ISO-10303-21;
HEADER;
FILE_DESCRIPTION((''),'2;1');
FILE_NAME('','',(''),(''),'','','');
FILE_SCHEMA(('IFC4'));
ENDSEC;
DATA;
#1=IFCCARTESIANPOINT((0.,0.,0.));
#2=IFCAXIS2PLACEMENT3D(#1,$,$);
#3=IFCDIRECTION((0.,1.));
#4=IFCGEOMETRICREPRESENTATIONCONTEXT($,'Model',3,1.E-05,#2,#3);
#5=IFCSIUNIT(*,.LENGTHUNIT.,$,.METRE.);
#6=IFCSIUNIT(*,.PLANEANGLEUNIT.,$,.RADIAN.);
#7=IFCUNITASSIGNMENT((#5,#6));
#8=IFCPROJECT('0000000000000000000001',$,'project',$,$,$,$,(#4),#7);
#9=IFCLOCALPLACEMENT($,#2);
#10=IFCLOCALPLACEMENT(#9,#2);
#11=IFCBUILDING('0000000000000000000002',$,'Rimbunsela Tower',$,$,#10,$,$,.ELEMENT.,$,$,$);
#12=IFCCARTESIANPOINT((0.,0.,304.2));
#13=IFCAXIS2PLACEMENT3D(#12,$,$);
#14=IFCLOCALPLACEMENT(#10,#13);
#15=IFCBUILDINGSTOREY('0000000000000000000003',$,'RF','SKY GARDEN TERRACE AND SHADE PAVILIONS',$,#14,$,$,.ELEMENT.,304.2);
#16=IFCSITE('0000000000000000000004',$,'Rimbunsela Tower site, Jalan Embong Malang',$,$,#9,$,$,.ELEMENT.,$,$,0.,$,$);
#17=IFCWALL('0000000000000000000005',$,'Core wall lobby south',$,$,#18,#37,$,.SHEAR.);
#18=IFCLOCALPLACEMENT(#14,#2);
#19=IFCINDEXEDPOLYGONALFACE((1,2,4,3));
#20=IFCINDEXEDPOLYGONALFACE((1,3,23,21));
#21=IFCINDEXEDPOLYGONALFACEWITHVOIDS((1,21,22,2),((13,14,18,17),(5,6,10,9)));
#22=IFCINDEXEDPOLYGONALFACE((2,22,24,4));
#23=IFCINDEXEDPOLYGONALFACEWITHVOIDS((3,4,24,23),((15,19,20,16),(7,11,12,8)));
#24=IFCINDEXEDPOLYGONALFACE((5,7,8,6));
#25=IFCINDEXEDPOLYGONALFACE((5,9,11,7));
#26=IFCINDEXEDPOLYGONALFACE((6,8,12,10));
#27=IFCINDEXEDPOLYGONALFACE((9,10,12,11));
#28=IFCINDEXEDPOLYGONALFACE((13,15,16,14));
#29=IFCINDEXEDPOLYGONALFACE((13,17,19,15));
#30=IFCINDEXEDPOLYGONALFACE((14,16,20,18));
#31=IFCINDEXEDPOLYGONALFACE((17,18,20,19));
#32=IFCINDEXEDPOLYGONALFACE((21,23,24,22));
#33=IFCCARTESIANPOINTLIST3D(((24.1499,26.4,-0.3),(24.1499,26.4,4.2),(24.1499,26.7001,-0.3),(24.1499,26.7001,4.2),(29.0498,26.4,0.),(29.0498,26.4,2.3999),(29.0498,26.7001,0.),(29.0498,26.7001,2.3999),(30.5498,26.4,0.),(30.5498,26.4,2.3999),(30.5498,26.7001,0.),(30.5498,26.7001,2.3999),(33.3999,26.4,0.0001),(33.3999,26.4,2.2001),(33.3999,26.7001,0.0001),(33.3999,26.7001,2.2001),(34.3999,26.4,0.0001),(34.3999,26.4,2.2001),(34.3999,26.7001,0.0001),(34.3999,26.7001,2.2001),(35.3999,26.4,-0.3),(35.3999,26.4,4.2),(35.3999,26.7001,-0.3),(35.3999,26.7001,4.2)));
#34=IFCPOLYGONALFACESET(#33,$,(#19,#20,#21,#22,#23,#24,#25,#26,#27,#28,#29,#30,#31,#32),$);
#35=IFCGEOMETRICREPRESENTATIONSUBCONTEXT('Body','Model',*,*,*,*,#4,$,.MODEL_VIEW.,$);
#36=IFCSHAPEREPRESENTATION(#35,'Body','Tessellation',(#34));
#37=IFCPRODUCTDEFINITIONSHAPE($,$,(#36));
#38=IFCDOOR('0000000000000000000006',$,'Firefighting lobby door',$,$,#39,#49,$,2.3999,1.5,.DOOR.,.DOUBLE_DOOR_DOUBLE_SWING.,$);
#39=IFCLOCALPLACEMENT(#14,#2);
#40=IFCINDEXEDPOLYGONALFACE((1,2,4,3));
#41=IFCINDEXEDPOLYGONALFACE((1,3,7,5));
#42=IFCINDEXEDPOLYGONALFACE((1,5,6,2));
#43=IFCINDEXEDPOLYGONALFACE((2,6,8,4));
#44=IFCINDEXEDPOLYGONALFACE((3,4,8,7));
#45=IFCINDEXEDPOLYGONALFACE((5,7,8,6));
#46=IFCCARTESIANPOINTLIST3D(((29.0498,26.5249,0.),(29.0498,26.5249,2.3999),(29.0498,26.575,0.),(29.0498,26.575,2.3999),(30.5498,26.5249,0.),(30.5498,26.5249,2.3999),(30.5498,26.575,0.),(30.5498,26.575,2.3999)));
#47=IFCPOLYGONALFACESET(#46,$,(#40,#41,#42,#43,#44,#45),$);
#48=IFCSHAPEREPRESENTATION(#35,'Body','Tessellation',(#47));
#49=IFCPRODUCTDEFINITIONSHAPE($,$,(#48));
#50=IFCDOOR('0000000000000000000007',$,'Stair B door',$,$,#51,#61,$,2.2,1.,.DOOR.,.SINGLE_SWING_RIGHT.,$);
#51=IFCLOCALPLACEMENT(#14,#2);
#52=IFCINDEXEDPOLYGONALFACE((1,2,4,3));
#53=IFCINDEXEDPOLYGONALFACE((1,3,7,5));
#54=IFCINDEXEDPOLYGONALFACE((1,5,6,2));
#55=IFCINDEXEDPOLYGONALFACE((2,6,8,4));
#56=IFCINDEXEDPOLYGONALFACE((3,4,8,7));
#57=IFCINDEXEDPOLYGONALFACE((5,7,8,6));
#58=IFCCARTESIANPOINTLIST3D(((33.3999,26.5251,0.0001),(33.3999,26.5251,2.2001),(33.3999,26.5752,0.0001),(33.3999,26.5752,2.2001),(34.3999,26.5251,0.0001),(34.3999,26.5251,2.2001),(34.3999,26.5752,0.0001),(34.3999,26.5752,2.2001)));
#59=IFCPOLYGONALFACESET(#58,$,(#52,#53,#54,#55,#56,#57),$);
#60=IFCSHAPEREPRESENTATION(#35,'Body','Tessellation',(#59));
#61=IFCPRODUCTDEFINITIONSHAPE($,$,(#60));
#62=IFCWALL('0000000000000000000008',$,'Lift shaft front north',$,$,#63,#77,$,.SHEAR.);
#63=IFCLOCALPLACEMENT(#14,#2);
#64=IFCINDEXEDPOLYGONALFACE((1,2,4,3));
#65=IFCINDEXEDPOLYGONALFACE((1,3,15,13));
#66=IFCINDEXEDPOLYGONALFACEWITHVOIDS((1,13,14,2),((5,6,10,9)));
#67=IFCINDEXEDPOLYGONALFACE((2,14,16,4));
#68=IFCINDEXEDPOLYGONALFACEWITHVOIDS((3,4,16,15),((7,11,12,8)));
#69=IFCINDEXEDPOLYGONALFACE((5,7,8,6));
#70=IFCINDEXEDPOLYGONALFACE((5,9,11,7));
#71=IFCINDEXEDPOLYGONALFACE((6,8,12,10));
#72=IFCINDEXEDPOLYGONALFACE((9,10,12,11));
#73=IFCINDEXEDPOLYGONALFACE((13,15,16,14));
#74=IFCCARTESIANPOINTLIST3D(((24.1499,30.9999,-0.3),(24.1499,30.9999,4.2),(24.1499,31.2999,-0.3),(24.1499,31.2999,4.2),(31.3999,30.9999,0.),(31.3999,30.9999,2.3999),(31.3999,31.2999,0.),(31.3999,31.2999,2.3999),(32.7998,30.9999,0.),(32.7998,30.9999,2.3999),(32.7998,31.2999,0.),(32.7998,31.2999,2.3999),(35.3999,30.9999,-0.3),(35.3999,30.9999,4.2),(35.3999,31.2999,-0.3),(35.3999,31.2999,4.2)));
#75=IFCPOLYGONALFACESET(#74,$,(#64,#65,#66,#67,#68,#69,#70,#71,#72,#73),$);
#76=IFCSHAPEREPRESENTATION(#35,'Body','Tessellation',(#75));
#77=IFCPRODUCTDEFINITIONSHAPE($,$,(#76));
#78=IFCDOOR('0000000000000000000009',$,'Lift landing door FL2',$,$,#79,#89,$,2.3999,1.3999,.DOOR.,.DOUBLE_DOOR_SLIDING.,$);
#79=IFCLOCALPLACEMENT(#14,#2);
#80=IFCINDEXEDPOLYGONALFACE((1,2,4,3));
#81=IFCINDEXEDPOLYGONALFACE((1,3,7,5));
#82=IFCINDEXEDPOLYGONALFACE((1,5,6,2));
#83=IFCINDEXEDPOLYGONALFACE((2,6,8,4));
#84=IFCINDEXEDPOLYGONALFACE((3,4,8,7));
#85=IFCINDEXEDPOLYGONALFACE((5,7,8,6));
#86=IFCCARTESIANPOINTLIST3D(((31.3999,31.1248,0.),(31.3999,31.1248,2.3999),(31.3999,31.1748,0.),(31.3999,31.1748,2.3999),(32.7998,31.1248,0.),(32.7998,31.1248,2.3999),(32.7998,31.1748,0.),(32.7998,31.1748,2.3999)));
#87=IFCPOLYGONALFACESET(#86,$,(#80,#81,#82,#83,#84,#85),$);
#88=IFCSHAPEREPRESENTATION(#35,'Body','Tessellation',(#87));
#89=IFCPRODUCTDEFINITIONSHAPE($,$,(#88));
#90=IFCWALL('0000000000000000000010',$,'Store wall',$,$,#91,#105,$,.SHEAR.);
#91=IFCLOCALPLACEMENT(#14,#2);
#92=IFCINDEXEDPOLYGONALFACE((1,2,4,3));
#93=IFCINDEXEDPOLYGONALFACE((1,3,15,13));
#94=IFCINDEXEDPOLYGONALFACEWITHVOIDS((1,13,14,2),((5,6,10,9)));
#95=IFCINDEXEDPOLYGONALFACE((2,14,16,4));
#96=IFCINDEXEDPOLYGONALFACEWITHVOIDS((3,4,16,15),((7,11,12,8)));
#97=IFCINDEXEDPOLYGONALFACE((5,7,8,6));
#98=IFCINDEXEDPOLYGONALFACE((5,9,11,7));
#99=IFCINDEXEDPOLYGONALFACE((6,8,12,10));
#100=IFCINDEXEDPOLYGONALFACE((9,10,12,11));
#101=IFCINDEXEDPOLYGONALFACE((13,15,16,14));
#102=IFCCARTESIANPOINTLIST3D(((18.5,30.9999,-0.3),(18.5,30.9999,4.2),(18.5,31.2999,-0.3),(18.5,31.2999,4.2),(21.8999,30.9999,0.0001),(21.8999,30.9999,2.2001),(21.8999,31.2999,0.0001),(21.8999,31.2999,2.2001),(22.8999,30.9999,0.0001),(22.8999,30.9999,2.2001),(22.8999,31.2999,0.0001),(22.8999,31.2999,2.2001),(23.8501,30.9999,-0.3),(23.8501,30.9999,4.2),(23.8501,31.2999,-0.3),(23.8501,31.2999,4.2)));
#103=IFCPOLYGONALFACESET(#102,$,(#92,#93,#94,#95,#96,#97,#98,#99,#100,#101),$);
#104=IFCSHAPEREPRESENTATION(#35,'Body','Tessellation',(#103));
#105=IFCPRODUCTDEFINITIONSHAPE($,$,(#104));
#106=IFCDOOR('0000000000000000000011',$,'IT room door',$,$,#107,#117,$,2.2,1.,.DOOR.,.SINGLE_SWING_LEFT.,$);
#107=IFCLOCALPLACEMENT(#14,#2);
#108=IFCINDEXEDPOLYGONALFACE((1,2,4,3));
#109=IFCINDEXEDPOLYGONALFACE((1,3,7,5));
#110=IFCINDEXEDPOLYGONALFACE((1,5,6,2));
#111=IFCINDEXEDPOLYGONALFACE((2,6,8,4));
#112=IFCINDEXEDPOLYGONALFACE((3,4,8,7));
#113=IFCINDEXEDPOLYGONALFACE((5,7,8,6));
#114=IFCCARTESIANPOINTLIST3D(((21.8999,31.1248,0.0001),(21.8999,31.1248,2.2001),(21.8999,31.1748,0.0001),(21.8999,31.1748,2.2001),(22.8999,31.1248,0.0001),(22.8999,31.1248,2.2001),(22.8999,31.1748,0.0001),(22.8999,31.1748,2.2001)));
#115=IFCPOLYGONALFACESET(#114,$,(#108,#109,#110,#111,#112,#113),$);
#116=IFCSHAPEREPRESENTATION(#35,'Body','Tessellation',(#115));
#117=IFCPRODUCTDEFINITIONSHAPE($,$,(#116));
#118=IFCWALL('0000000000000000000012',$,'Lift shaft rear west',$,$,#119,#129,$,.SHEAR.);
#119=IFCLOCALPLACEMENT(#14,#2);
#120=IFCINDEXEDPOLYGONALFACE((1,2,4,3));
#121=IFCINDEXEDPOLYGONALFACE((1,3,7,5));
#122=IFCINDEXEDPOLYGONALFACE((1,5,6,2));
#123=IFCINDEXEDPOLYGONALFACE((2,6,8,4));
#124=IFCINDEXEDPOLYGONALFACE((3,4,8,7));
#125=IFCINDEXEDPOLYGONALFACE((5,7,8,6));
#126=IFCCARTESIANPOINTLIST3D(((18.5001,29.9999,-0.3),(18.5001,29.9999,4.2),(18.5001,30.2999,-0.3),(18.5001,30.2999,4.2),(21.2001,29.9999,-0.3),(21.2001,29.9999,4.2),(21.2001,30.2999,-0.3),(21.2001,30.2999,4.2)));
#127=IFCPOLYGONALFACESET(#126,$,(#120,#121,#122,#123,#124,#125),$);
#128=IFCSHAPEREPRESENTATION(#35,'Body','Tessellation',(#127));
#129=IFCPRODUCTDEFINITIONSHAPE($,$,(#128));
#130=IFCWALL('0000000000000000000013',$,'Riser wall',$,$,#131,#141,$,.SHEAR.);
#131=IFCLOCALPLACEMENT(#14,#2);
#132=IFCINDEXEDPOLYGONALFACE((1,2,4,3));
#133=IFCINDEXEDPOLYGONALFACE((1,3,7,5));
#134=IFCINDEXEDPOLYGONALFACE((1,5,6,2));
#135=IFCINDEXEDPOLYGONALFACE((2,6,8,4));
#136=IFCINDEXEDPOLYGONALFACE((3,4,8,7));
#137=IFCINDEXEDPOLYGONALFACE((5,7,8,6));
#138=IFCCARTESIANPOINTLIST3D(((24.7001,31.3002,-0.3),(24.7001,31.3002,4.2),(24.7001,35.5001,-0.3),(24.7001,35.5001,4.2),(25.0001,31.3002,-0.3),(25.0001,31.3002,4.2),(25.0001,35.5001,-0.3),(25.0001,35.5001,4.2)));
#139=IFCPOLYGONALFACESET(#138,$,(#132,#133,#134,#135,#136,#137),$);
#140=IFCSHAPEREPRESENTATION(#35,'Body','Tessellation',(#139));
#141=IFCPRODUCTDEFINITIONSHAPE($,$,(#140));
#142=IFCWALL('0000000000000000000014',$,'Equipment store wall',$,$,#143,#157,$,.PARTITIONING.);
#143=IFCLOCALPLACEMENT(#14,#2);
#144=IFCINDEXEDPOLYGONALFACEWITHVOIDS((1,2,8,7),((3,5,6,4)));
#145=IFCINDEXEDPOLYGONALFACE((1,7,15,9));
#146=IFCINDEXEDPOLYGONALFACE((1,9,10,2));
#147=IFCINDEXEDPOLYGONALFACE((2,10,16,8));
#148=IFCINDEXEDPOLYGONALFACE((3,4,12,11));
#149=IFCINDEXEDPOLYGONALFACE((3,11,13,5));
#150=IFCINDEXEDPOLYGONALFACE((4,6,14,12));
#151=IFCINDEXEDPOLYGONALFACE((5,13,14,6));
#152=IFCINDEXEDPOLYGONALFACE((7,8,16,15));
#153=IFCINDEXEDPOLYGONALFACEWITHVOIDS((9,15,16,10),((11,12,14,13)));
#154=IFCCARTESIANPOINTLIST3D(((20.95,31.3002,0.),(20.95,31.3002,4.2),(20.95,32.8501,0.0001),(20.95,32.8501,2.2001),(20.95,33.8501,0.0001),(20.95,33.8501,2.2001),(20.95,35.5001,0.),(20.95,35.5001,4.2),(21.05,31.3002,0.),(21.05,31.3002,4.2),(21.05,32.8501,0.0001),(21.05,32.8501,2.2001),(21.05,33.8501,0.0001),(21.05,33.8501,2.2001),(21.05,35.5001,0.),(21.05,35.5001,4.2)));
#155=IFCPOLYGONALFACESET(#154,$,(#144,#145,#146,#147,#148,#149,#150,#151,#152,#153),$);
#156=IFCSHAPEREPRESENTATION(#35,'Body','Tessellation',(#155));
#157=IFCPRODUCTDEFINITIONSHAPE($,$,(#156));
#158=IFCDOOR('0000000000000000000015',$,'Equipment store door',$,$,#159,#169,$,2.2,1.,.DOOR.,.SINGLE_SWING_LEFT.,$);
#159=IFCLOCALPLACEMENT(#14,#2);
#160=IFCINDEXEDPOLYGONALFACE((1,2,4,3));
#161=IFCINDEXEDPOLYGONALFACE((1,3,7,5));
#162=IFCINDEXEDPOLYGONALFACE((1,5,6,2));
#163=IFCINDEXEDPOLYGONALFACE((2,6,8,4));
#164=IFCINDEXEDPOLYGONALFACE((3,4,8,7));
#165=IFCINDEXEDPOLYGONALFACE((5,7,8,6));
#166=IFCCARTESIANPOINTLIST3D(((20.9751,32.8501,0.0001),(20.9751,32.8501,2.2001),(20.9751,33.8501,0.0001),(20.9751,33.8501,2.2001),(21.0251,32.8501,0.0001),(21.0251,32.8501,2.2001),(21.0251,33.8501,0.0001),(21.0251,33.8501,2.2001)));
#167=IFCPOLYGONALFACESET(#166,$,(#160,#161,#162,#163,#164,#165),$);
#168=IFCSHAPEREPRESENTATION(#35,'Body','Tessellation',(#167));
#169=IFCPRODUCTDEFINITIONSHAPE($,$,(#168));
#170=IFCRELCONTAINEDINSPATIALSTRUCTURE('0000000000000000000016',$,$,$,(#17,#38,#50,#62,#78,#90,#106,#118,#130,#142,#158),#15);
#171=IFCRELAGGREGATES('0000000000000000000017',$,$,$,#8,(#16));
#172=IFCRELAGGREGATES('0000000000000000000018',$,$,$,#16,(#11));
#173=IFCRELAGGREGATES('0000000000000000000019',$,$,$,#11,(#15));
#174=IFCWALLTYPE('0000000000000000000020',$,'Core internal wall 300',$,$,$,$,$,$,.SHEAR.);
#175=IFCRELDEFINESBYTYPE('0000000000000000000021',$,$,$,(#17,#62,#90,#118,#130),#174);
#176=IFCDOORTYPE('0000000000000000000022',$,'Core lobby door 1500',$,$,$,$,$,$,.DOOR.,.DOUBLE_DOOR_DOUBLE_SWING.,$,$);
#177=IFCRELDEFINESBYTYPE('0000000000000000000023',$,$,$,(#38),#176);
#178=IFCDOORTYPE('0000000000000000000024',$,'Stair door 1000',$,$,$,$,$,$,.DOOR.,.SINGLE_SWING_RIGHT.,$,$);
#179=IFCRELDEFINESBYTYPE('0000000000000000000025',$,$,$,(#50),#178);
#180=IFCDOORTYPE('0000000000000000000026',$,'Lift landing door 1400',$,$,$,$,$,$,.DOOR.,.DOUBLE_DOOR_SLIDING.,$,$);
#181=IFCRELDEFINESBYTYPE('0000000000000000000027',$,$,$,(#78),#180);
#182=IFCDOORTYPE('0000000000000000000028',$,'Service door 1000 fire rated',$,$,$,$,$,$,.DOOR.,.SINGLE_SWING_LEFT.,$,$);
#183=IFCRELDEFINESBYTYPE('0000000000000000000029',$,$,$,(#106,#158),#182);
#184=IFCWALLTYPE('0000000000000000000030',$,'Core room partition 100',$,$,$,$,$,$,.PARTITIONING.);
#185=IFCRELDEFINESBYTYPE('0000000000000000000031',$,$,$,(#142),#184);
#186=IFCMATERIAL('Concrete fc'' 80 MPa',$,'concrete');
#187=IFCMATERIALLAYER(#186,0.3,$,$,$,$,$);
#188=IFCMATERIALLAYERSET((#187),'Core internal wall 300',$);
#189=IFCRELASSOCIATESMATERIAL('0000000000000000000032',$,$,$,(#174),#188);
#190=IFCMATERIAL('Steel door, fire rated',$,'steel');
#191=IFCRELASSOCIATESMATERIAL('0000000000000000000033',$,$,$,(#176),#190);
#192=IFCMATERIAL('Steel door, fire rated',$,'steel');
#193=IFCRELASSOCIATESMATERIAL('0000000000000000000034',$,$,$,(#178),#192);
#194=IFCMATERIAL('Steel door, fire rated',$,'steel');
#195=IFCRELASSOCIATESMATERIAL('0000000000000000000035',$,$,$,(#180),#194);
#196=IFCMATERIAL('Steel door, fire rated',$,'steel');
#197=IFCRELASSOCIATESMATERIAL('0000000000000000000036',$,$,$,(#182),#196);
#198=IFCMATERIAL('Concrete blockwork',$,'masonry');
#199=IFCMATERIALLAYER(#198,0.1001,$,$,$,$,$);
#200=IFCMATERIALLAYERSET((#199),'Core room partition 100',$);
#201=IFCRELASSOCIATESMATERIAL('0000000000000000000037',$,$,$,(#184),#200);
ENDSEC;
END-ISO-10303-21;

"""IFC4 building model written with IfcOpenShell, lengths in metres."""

from ifc_helpers import new_model, si_unit, direction, frame, frame_2d, origin, place, context, subcontext, project, spatial, rectangle, extrude, material, layer, layer_set, type_object, element, fill, save


model = new_model("IFC4")

# Units and contexts
model_context = context("Model", 3, precision=1e-05, world=origin(), true_north=direction((0.0, 1.0)))
body_context = subcontext(model_context, "Body", "Model", "MODEL_VIEW")
ifc_project = project(units=[si_unit("LENGTHUNIT", "METRE"), si_unit("PLANEANGLEUNIT", "RADIAN")], contexts=[model_context])

# Site, building, storey
site_placement = place(None, origin())
site = spatial("IfcSite", under=ifc_project, at=site_placement, Name="Rimbunsela Tower site, Jalan Embong Malang", CompositionType="ELEMENT", RefElevation=0.0)
building_placement = place(site_placement, origin())
building = spatial("IfcBuilding", under=site, at=building_placement, Name="Rimbunsela Tower", CompositionType="ELEMENT")
storey_placement = place(building_placement, frame((0.0, 0.0, 304.2)))
storey = spatial("IfcBuildingStorey", under=building, at=storey_placement, Name="RF", Description="SKY GARDEN TERRACE AND SHADE PAVILIONS", CompositionType="ELEMENT", Elevation=304.2)

# Wall, openings, doors
ifc_material_1 = material(Name="Concrete fc' 80 MPa", Category="concrete")
ifc_layer_1 = layer(ifc_material_1, 0.3)
ifc_layer_set_1 = layer_set([ifc_layer_1], Name="Core internal wall 300")
wall_type_1 = type_object("IfcWallType", Name="Core internal wall 300", PredefinedType="SHEAR", material=ifc_layer_set_1)
wall_1_placement = place(storey_placement, frame((24.1499, 26.55, -0.3), z_axis=(0.0, 0.0, 1.0), x_axis=(1.0, 0.0, 0.0)))
wall_1 = element("IfcWall", 1, at=wall_1_placement, inside=storey, type_object=wall_type_1, Name="Core wall lobby south", PredefinedType="SHEAR", context=body_context, shape_type="SweptSolid", body=[
    extrude(rectangle(XDim=11.25, YDim=0.3, at=frame_2d((5.625, 0.0))), origin(), (0.0, 0.0, 1.0), 4.5),
])
opening_1_placement = place(wall_1_placement, frame((9.25, 0.0, 0.3)))
opening_1 = element("IfcOpeningElement", 2, at=opening_1_placement, cuts=wall_1, PredefinedType="OPENING", context=body_context, shape_type="SweptSolid", body=[
    extrude(rectangle(XDim=1.0, YDim=2.2, at=frame_2d((0.5, 1.1001))), frame((0.0, 0.1599, 0.0), z_axis=(0.0, -1.0, 0.0), x_axis=(1.0, 0.0, 0.0)), (0.0, 0.0, 1.0), 0.3201),
])
opening_2_placement = place(wall_1_placement, frame((4.8999, 0.0, 0.3)))
opening_2 = element("IfcOpeningElement", 3, at=opening_2_placement, cuts=wall_1, PredefinedType="OPENING", context=body_context, shape_type="SweptSolid", body=[
    extrude(rectangle(XDim=1.5, YDim=2.3999, at=frame_2d((0.75, 1.2))), frame((0.0, 0.1599, 0.0), z_axis=(0.0, -1.0, 0.0), x_axis=(1.0, 0.0, 0.0)), (0.0, 0.0, 1.0), 0.3201),
])
ifc_material_2 = material(Name="Steel door, fire rated", Category="steel")
door_type_1 = type_object("IfcDoorType", Name="Core lobby door 1500", OperationType="DOUBLE_DOOR_DOUBLE_SWING", PredefinedType="DOOR", material=ifc_material_2)
door_1_placement = place(opening_2_placement, origin())
door_1 = element("IfcDoor", 4, at=door_1_placement, inside=storey, type_object=door_type_1, Name="Firefighting lobby door", OperationType="DOUBLE_DOOR_DOUBLE_SWING", OverallHeight=2.3999, OverallWidth=1.5, PredefinedType="DOOR", context=body_context, shape_type="SweptSolid", body=[
    extrude(rectangle(XDim=1.5, YDim=2.3999, at=frame_2d((0.75, 1.2))), frame((0.0, 0.0249, 0.0), z_axis=(0.0, -1.0, 0.0), x_axis=(1.0, 0.0, 0.0)), (0.0, 0.0, 1.0), 0.05),
])
fill(opening_2, door_1)
ifc_material_3 = material(Name="Steel door, fire rated", Category="steel")
door_type_2 = type_object("IfcDoorType", Name="Stair door 1000", OperationType="SINGLE_SWING_RIGHT", PredefinedType="DOOR", material=ifc_material_3)
door_2_placement = place(opening_1_placement, frame((1.0, 0.0, 0.0), z_axis=(0.0, 0.0, 1.0), x_axis=(-1.0, 0.0, 0.0)))
door_2 = element("IfcDoor", 5, at=door_2_placement, inside=storey, type_object=door_type_2, Name="Stair B door", OperationType="SINGLE_SWING_RIGHT", OverallHeight=2.2, OverallWidth=1.0, PredefinedType="DOOR", context=body_context, shape_type="SweptSolid", body=[
    extrude(rectangle(XDim=1.0, YDim=2.2, at=frame_2d((0.5, 1.1001))), frame((0.0, 0.0249, 0.0), z_axis=(0.0, -1.0, 0.0), x_axis=(1.0, 0.0, 0.0)), (0.0, 0.0, 1.0), 0.05),
])
fill(opening_1, door_2)

# Walls, openings, doors
wall_2_placement = place(storey_placement, frame((24.1499, 31.1499, -0.3), z_axis=(0.0, 0.0, 1.0), x_axis=(1.0, 0.0, 0.0)))
wall_2 = element("IfcWall", 6, at=wall_2_placement, inside=storey, type_object=wall_type_1, Name="Lift shaft front north", PredefinedType="SHEAR", context=body_context, shape_type="SweptSolid", body=[
    extrude(rectangle(XDim=11.25, YDim=0.3, at=frame_2d((5.625, 0.0))), origin(), (0.0, 0.0, 1.0), 4.5),
])
opening_3_placement = place(wall_2_placement, frame((7.25, 0.0, 0.3)))
opening_3 = element("IfcOpeningElement", 7, at=opening_3_placement, cuts=wall_2, PredefinedType="OPENING", context=body_context, shape_type="SweptSolid", body=[
    extrude(rectangle(XDim=1.3999, YDim=2.3999, at=frame_2d((0.7, 1.2))), frame((0.0, 0.1599, 0.0), z_axis=(0.0, -1.0, 0.0), x_axis=(1.0, 0.0, 0.0)), (0.0, 0.0, 1.0), 0.3201),
])
ifc_material_4 = material(Name="Steel door, fire rated", Category="steel")
door_type_3 = type_object("IfcDoorType", Name="Lift landing door 1400", OperationType="DOUBLE_DOOR_SLIDING", PredefinedType="DOOR", material=ifc_material_4)
door_3_placement = place(opening_3_placement, origin())
door_3 = element("IfcDoor", 8, at=door_3_placement, inside=storey, type_object=door_type_3, Name="Lift landing door FL2", OperationType="DOUBLE_DOOR_SLIDING", OverallHeight=2.3999, OverallWidth=1.3999, PredefinedType="DOOR", context=body_context, shape_type="SweptSolid", body=[
    extrude(rectangle(XDim=1.3999, YDim=2.3999, at=frame_2d((0.7, 1.2))), frame((0.0, 0.0249, 0.0), z_axis=(0.0, -1.0, 0.0), x_axis=(1.0, 0.0, 0.0)), (0.0, 0.0, 1.0), 0.05),
])
fill(opening_3, door_3)
wall_3_placement = place(storey_placement, frame((18.5, 31.1499, -0.3), z_axis=(0.0, 0.0, 1.0), x_axis=(1.0, 0.0, 0.0)))
wall_3 = element("IfcWall", 9, at=wall_3_placement, inside=storey, type_object=wall_type_1, Name="Store wall", PredefinedType="SHEAR", context=body_context, shape_type="SweptSolid", body=[
    extrude(rectangle(XDim=5.3501, YDim=0.3, at=frame_2d((2.675, 0.0))), origin(), (0.0, 0.0, 1.0), 4.5),
])
opening_4_placement = place(wall_3_placement, frame((3.3999, 0.0, 0.3)))
opening_4 = element("IfcOpeningElement", 10, at=opening_4_placement, cuts=wall_3, PredefinedType="OPENING", context=body_context, shape_type="SweptSolid", body=[
    extrude(rectangle(XDim=1.0, YDim=2.2, at=frame_2d((0.5, 1.1001))), frame((0.0, 0.1599, 0.0), z_axis=(0.0, -1.0, 0.0), x_axis=(1.0, 0.0, 0.0)), (0.0, 0.0, 1.0), 0.3201),
])
ifc_material_5 = material(Name="Steel door, fire rated", Category="steel")
door_type_4 = type_object("IfcDoorType", Name="Service door 1000 fire rated", OperationType="SINGLE_SWING_LEFT", PredefinedType="DOOR", material=ifc_material_5)
door_4_placement = place(opening_4_placement, origin())
door_4 = element("IfcDoor", 11, at=door_4_placement, inside=storey, type_object=door_type_4, Name="IT room door", OperationType="SINGLE_SWING_LEFT", OverallHeight=2.2, OverallWidth=1.0, PredefinedType="DOOR", context=body_context, shape_type="SweptSolid", body=[
    extrude(rectangle(XDim=1.0, YDim=2.2, at=frame_2d((0.5, 1.1001))), frame((0.0, 0.0249, 0.0), z_axis=(0.0, -1.0, 0.0), x_axis=(1.0, 0.0, 0.0)), (0.0, 0.0, 1.0), 0.05),
])
fill(opening_4, door_4)

# Walls
wall_4_placement = place(storey_placement, frame((18.5, 30.1499, -0.3), z_axis=(0.0, 0.0, 1.0), x_axis=(1.0, 0.0, 0.0)))
element("IfcWall", 12, at=wall_4_placement, inside=storey, type_object=wall_type_1, Name="Lift shaft rear west", PredefinedType="SHEAR", context=body_context, shape_type="SweptSolid", body=[
    extrude(rectangle(XDim=2.7, YDim=0.3, at=frame_2d((1.3501, 0.0))), origin(), (0.0, 0.0, 1.0), 4.5),
])
wall_5_placement = place(storey_placement, frame((24.8501, 31.3, -0.3), z_axis=(0.0, 0.0, 1.0), x_axis=(0.0, 1.0, 0.0)))
element("IfcWall", 13, at=wall_5_placement, inside=storey, type_object=wall_type_1, Name="Riser wall", PredefinedType="SHEAR", context=body_context, shape_type="SweptSolid", body=[
    extrude(rectangle(XDim=4.2, YDim=0.3, at=frame_2d((2.1001, 0.0))), origin(), (0.0, 0.0, 1.0), 4.5),
])

# Wall, opening, door
ifc_material_6 = material(Name="Concrete blockwork", Category="masonry")
ifc_layer_2 = layer(ifc_material_6, 0.1001)
ifc_layer_set_2 = layer_set([ifc_layer_2], Name="Core room partition 100")
wall_type_2 = type_object("IfcWallType", Name="Core room partition 100", PredefinedType="PARTITIONING", material=ifc_layer_set_2)
wall_6_placement = place(storey_placement, frame((21.0, 31.3, 0.0), z_axis=(0.0, 0.0, 1.0), x_axis=(0.0, 1.0, 0.0)))
wall_6 = element("IfcWall", 14, at=wall_6_placement, inside=storey, type_object=wall_type_2, Name="Equipment store wall", PredefinedType="PARTITIONING", context=body_context, shape_type="SweptSolid", body=[
    extrude(rectangle(XDim=4.2, YDim=0.1001, at=frame_2d((2.1001, 0.0))), origin(), (0.0, 0.0, 1.0), 4.2),
])
opening_5_placement = place(wall_6_placement, frame((1.55, 0.0, 0.0)))
opening_5 = element("IfcOpeningElement", 15, at=opening_5_placement, cuts=wall_6, PredefinedType="OPENING", context=body_context, shape_type="SweptSolid", body=[
    extrude(rectangle(XDim=1.0, YDim=2.2, at=frame_2d((0.5, 1.1001))), frame((0.0, 0.0601, 0.0), z_axis=(0.0, -1.0, 0.0), x_axis=(1.0, 0.0, 0.0)), (0.0, 0.0, 1.0), 0.1201),
])
door_5_placement = place(opening_5_placement, origin())
door_5 = element("IfcDoor", 16, at=door_5_placement, inside=storey, type_object=door_type_4, Name="Equipment store door", OperationType="SINGLE_SWING_LEFT", OverallHeight=2.2, OverallWidth=1.0, PredefinedType="DOOR", context=body_context, shape_type="SweptSolid", body=[
    extrude(rectangle(XDim=1.0, YDim=2.2, at=frame_2d((0.5, 1.1001))), frame((0.0, 0.0249, 0.0), z_axis=(0.0, -1.0, 0.0), x_axis=(1.0, 0.0, 0.0)), (0.0, 0.0, 1.0), 0.05),
])
fill(opening_5, door_5)

save(model, "model.ifc")
